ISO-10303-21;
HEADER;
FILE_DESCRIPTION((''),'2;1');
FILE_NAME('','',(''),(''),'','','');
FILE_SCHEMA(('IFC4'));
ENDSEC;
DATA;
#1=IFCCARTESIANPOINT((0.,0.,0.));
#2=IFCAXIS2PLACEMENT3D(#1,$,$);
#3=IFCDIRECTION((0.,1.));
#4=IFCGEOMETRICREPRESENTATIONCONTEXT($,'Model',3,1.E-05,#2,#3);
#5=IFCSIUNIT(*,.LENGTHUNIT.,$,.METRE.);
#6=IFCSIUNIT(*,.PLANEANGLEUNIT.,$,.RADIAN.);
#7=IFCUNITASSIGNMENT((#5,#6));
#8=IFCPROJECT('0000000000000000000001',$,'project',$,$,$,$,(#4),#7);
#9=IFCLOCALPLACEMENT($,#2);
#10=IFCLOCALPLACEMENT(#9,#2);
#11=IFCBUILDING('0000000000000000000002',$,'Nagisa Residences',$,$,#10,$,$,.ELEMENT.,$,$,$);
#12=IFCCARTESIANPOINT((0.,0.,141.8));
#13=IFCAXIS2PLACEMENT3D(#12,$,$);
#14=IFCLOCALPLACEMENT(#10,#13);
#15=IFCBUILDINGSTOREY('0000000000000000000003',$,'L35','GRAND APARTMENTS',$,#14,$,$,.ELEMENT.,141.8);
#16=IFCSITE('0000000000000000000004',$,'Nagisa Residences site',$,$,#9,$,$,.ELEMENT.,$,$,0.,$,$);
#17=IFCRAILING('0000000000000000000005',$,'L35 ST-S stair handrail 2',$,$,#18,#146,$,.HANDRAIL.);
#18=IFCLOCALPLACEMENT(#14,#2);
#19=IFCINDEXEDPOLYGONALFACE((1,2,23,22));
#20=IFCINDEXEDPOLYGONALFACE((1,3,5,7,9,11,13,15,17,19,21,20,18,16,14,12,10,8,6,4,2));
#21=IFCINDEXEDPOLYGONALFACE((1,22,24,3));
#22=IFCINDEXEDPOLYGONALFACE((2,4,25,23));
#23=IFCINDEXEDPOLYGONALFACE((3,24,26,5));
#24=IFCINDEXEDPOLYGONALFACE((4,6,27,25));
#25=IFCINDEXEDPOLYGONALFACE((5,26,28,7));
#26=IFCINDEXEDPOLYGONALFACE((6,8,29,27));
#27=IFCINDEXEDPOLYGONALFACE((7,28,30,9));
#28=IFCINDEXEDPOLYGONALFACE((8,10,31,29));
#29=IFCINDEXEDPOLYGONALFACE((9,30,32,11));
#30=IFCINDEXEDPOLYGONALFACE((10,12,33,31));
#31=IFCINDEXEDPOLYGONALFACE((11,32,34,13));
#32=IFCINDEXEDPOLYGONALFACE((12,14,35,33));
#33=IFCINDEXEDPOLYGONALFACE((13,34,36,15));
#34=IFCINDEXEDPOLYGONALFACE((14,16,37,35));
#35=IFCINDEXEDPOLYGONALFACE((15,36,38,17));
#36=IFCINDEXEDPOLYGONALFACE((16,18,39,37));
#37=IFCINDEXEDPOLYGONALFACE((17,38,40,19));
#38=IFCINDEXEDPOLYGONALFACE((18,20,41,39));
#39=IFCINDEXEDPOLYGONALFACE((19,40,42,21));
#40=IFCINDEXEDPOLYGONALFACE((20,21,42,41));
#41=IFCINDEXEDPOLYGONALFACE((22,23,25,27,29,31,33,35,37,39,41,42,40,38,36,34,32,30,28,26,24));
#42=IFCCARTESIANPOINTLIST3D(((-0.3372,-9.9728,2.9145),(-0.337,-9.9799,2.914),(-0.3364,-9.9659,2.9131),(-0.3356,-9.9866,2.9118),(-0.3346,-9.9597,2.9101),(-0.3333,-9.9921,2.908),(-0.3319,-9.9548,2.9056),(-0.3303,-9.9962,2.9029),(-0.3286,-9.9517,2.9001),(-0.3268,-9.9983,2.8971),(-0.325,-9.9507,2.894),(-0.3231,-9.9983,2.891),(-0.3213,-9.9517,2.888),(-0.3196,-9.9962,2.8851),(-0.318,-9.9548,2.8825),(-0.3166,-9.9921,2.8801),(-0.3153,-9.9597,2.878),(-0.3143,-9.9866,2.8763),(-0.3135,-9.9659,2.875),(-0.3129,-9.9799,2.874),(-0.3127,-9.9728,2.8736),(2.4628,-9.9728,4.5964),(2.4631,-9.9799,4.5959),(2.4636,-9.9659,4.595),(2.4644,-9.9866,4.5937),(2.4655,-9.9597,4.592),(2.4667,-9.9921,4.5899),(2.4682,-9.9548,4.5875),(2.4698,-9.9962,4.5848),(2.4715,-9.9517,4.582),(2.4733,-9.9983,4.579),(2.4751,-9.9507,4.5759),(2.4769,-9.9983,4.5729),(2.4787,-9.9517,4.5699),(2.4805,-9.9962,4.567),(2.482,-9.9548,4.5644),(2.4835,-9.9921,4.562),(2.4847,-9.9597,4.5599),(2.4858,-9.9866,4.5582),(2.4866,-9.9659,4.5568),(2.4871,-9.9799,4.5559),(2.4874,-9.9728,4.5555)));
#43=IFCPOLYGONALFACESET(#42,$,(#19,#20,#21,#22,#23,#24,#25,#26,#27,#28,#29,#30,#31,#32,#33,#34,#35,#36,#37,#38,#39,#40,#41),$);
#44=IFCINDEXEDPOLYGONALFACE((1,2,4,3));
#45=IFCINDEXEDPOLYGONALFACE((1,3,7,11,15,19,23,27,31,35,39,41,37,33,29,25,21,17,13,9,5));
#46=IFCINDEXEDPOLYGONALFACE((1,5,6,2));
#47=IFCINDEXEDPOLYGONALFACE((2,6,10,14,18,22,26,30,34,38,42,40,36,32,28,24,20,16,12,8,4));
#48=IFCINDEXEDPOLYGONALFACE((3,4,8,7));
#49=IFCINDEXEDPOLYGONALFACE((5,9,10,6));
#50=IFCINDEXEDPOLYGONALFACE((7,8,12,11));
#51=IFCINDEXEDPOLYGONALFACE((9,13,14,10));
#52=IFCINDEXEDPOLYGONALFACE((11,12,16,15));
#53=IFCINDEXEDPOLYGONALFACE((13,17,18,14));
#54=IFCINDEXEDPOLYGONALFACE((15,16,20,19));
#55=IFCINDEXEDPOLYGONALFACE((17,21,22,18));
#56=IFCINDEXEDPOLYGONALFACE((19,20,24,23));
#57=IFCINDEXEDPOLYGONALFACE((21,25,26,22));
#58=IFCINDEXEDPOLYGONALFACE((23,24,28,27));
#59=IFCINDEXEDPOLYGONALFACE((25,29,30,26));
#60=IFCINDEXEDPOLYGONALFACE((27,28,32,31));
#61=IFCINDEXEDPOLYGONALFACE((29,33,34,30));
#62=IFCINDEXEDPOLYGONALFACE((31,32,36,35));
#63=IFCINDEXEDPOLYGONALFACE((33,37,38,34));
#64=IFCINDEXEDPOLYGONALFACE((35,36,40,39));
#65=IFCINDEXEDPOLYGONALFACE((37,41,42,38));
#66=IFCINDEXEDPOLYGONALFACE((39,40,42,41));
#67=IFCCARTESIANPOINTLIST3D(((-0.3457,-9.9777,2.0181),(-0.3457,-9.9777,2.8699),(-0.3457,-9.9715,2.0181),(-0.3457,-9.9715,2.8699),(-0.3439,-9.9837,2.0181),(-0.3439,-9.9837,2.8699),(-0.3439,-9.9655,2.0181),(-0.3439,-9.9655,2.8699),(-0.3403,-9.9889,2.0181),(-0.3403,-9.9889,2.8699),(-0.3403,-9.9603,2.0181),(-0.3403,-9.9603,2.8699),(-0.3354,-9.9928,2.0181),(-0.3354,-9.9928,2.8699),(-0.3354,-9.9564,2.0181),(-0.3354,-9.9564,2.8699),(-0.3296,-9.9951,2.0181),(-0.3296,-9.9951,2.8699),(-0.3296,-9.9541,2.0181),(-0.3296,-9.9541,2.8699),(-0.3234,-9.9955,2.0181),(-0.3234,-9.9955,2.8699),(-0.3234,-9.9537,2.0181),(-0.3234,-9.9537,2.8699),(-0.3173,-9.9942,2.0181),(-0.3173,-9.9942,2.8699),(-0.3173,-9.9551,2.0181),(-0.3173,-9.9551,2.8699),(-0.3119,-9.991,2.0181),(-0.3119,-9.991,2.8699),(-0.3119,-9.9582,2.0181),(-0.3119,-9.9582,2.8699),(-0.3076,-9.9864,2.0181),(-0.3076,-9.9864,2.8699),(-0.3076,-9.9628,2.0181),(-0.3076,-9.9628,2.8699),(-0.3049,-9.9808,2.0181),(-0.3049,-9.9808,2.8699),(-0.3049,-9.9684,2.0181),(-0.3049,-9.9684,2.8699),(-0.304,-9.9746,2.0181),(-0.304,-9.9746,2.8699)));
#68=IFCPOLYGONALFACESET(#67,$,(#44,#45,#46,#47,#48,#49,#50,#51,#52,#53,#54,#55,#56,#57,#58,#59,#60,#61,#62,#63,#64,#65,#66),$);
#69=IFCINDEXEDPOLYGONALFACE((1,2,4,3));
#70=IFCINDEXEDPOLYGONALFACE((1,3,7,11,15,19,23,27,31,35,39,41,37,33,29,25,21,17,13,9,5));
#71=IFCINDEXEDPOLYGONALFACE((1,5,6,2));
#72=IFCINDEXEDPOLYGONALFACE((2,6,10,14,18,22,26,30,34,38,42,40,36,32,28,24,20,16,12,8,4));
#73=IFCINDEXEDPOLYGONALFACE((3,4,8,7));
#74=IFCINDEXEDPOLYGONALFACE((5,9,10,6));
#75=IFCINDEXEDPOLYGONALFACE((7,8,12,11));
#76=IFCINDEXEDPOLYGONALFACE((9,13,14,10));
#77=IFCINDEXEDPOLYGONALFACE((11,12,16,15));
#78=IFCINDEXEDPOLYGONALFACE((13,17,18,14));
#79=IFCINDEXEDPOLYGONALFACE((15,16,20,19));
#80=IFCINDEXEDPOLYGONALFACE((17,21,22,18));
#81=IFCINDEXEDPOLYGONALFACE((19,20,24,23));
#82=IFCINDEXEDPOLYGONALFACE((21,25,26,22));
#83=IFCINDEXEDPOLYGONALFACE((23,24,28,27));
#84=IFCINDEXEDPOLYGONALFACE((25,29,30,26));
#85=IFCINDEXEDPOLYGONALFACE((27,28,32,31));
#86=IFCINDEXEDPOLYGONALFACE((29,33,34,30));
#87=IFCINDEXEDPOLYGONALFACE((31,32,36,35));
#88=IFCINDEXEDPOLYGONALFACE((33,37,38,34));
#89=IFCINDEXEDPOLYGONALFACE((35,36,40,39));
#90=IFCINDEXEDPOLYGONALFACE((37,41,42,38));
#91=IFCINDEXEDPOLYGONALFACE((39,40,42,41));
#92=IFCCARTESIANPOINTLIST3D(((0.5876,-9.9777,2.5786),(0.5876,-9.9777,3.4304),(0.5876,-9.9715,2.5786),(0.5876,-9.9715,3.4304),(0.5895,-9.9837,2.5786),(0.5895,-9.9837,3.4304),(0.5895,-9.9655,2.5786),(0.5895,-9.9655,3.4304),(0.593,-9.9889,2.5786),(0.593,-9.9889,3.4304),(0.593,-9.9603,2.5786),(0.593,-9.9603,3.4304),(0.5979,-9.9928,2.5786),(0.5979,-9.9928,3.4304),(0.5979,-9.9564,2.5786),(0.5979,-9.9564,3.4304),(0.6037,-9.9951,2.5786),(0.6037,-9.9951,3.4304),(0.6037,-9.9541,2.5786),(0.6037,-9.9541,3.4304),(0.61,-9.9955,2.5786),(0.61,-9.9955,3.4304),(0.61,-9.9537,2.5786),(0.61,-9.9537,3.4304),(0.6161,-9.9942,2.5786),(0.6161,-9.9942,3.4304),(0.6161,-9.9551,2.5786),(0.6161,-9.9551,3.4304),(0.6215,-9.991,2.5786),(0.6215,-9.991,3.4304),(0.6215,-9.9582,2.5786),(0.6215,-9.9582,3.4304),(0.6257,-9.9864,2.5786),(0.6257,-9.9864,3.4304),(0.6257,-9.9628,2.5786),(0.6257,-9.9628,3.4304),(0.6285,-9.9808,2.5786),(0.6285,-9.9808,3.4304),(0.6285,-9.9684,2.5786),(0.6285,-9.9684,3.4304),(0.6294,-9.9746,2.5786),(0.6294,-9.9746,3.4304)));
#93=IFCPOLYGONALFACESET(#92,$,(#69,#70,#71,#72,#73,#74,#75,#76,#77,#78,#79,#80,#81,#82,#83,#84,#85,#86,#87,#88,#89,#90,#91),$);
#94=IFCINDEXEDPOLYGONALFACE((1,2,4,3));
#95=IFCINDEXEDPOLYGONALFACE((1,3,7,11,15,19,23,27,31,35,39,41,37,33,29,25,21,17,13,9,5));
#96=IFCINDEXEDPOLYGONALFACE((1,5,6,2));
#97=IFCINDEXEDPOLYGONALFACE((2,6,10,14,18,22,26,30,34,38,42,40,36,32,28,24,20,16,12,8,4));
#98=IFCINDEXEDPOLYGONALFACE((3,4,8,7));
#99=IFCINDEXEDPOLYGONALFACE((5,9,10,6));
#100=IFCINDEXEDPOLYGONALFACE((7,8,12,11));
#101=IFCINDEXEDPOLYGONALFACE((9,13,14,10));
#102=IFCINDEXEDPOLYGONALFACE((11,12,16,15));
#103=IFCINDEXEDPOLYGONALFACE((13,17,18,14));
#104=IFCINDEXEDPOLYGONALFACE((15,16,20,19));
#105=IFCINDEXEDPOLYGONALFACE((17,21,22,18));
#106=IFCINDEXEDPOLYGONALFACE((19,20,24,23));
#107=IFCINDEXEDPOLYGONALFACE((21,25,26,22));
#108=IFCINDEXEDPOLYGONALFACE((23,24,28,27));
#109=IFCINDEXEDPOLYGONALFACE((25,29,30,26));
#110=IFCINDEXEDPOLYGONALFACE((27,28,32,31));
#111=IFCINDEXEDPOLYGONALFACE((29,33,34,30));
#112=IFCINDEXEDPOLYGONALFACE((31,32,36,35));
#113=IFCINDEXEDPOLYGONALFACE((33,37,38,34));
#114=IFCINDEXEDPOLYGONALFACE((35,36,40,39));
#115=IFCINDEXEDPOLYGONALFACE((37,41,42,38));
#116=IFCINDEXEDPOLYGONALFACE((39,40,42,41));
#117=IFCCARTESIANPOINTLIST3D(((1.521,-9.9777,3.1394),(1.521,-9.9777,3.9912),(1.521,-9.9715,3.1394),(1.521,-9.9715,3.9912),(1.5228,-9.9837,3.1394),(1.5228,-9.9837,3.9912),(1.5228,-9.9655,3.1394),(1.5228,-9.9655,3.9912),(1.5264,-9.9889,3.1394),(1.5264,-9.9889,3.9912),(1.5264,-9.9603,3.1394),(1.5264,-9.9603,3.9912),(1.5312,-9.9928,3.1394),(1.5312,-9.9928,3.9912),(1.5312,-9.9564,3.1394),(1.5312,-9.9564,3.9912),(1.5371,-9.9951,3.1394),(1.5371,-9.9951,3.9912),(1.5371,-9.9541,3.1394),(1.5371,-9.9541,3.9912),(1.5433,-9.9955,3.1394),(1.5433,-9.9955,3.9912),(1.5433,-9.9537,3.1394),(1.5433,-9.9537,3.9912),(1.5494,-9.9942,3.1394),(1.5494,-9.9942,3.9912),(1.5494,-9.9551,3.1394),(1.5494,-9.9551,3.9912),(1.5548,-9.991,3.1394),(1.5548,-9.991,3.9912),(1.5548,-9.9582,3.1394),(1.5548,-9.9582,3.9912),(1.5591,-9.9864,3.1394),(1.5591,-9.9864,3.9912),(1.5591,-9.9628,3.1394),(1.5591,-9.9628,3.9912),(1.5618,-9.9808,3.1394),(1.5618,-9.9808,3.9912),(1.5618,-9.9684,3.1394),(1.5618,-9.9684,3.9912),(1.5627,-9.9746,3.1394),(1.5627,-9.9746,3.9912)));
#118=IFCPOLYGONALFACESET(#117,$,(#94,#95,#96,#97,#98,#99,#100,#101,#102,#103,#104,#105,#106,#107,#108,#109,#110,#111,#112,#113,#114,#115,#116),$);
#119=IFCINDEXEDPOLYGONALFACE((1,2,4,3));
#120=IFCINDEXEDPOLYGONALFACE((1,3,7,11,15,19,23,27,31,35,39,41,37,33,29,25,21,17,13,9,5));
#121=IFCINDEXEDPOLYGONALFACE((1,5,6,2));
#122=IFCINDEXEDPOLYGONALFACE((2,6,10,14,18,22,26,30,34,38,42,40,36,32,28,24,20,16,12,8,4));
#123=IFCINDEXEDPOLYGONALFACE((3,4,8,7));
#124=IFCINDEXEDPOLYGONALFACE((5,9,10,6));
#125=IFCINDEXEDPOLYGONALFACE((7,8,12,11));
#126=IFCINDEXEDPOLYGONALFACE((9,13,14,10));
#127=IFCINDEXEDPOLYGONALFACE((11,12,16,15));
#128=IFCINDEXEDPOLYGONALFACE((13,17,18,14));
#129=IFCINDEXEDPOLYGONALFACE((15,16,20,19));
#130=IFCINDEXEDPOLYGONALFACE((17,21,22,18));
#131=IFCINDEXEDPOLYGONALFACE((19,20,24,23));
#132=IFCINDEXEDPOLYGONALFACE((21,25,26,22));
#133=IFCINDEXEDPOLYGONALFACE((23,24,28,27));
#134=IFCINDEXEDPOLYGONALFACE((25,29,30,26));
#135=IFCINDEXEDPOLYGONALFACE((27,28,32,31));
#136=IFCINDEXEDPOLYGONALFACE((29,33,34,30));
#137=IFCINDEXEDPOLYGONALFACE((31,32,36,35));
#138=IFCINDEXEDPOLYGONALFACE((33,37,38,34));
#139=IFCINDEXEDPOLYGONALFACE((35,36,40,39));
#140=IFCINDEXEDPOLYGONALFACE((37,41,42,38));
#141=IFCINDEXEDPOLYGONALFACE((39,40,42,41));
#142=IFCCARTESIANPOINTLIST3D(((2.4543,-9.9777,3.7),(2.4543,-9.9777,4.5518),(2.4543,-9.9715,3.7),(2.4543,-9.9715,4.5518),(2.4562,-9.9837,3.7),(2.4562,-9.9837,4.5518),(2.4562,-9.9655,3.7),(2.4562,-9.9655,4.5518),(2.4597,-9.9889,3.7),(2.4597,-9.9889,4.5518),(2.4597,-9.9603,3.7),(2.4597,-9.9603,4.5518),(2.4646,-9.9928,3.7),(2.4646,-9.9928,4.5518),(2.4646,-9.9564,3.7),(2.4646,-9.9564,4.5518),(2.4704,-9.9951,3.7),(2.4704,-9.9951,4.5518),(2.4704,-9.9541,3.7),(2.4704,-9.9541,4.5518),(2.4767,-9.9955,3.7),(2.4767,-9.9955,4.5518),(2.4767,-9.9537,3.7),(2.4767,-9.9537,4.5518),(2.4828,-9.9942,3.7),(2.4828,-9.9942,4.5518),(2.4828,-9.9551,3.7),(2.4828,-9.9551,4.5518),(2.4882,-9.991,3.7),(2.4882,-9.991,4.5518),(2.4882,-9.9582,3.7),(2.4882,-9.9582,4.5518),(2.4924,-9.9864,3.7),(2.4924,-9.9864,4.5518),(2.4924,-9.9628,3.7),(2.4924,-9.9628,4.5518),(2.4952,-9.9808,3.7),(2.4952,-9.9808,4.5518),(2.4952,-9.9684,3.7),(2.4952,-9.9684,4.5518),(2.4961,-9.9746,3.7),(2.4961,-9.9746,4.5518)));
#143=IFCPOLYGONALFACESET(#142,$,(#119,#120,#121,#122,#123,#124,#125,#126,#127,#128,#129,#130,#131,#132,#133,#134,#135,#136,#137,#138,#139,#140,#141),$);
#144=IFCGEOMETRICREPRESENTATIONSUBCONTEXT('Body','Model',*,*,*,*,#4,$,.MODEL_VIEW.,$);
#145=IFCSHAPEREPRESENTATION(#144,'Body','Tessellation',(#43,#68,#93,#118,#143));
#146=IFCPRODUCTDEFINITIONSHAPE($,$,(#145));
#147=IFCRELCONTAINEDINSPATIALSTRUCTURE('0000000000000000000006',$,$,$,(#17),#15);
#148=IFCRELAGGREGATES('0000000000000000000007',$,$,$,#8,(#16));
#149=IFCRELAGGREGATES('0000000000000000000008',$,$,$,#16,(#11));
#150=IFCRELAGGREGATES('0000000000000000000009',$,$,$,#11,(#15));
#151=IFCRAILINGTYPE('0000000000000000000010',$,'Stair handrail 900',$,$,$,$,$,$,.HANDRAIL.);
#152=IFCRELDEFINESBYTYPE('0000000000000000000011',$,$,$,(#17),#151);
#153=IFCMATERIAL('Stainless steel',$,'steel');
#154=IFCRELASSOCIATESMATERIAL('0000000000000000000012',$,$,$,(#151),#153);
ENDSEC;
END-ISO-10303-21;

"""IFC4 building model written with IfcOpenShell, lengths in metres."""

from ifc_helpers import new_model, si_unit, direction, frame, origin, origin_2d, place, context, subcontext, project, spatial, circle, extrude, material, type_object, element, save


model = new_model("IFC4")

# Units and contexts
model_context = context("Model", 3, precision=1e-05, world=origin(), true_north=direction((0.0, 1.0)))
body_context = subcontext(model_context, "Body", "Model", "MODEL_VIEW")
ifc_project = project(units=[si_unit("LENGTHUNIT", "METRE"), si_unit("PLANEANGLEUNIT", "RADIAN")], contexts=[model_context])

# Site, building, storey
site_placement = place(None, origin())
site = spatial("IfcSite", under=ifc_project, at=site_placement, Name="Nagisa Residences site", CompositionType="ELEMENT", RefElevation=0.0)
building_placement = place(site_placement, origin())
building = spatial("IfcBuilding", under=site, at=building_placement, Name="Nagisa Residences", CompositionType="ELEMENT")
storey_placement = place(building_placement, frame((0.0, 0.0, 141.8)))
storey = spatial("IfcBuildingStorey", under=building, at=storey_placement, Name="L35", Description="GRAND APARTMENTS", CompositionType="ELEMENT", Elevation=141.8)

# Railing
ifc_material_1 = material(Name="Stainless steel", Category="steel")
railing_type = type_object("IfcRailingType", Name="Stair handrail 900", PredefinedType="HANDRAIL", material=ifc_material_1)
railing_placement = place(storey_placement, frame((-0.325, -9.9746, 2.0181)))
element("IfcRailing", 1, at=railing_placement, inside=storey, type_object=railing_type, Name="L35 ST-S stair handrail 2", PredefinedType="HANDRAIL", context=body_context, shape_type="SweptSolid", body=[
    extrude(circle(Radius=0.0239, at=origin_2d()), frame((0.0, 0.0, 0.876), z_axis=(0.857242, 0.0, 0.514913), x_axis=(0.0, 1.0, 0.0)), (0.0, 0.0, 1.0), 3.2664),
    extrude(circle(Radius=0.021, at=origin_2d()), origin(), (0.0, 0.0, 1.0), 0.8518),
    extrude(circle(Radius=0.021, at=origin_2d()), frame((0.9333, 0.0, 0.5605)), (0.0, 0.0, 1.0), 0.8518),
    extrude(circle(Radius=0.021, at=origin_2d()), frame((1.8667, 0.0, 1.1213)), (0.0, 0.0, 1.0), 0.8518),
    extrude(circle(Radius=0.021, at=origin_2d()), frame((2.8, 0.0, 1.6819)), (0.0, 0.0, 1.0), 0.8518),
])

save(model, "model.ifc")
